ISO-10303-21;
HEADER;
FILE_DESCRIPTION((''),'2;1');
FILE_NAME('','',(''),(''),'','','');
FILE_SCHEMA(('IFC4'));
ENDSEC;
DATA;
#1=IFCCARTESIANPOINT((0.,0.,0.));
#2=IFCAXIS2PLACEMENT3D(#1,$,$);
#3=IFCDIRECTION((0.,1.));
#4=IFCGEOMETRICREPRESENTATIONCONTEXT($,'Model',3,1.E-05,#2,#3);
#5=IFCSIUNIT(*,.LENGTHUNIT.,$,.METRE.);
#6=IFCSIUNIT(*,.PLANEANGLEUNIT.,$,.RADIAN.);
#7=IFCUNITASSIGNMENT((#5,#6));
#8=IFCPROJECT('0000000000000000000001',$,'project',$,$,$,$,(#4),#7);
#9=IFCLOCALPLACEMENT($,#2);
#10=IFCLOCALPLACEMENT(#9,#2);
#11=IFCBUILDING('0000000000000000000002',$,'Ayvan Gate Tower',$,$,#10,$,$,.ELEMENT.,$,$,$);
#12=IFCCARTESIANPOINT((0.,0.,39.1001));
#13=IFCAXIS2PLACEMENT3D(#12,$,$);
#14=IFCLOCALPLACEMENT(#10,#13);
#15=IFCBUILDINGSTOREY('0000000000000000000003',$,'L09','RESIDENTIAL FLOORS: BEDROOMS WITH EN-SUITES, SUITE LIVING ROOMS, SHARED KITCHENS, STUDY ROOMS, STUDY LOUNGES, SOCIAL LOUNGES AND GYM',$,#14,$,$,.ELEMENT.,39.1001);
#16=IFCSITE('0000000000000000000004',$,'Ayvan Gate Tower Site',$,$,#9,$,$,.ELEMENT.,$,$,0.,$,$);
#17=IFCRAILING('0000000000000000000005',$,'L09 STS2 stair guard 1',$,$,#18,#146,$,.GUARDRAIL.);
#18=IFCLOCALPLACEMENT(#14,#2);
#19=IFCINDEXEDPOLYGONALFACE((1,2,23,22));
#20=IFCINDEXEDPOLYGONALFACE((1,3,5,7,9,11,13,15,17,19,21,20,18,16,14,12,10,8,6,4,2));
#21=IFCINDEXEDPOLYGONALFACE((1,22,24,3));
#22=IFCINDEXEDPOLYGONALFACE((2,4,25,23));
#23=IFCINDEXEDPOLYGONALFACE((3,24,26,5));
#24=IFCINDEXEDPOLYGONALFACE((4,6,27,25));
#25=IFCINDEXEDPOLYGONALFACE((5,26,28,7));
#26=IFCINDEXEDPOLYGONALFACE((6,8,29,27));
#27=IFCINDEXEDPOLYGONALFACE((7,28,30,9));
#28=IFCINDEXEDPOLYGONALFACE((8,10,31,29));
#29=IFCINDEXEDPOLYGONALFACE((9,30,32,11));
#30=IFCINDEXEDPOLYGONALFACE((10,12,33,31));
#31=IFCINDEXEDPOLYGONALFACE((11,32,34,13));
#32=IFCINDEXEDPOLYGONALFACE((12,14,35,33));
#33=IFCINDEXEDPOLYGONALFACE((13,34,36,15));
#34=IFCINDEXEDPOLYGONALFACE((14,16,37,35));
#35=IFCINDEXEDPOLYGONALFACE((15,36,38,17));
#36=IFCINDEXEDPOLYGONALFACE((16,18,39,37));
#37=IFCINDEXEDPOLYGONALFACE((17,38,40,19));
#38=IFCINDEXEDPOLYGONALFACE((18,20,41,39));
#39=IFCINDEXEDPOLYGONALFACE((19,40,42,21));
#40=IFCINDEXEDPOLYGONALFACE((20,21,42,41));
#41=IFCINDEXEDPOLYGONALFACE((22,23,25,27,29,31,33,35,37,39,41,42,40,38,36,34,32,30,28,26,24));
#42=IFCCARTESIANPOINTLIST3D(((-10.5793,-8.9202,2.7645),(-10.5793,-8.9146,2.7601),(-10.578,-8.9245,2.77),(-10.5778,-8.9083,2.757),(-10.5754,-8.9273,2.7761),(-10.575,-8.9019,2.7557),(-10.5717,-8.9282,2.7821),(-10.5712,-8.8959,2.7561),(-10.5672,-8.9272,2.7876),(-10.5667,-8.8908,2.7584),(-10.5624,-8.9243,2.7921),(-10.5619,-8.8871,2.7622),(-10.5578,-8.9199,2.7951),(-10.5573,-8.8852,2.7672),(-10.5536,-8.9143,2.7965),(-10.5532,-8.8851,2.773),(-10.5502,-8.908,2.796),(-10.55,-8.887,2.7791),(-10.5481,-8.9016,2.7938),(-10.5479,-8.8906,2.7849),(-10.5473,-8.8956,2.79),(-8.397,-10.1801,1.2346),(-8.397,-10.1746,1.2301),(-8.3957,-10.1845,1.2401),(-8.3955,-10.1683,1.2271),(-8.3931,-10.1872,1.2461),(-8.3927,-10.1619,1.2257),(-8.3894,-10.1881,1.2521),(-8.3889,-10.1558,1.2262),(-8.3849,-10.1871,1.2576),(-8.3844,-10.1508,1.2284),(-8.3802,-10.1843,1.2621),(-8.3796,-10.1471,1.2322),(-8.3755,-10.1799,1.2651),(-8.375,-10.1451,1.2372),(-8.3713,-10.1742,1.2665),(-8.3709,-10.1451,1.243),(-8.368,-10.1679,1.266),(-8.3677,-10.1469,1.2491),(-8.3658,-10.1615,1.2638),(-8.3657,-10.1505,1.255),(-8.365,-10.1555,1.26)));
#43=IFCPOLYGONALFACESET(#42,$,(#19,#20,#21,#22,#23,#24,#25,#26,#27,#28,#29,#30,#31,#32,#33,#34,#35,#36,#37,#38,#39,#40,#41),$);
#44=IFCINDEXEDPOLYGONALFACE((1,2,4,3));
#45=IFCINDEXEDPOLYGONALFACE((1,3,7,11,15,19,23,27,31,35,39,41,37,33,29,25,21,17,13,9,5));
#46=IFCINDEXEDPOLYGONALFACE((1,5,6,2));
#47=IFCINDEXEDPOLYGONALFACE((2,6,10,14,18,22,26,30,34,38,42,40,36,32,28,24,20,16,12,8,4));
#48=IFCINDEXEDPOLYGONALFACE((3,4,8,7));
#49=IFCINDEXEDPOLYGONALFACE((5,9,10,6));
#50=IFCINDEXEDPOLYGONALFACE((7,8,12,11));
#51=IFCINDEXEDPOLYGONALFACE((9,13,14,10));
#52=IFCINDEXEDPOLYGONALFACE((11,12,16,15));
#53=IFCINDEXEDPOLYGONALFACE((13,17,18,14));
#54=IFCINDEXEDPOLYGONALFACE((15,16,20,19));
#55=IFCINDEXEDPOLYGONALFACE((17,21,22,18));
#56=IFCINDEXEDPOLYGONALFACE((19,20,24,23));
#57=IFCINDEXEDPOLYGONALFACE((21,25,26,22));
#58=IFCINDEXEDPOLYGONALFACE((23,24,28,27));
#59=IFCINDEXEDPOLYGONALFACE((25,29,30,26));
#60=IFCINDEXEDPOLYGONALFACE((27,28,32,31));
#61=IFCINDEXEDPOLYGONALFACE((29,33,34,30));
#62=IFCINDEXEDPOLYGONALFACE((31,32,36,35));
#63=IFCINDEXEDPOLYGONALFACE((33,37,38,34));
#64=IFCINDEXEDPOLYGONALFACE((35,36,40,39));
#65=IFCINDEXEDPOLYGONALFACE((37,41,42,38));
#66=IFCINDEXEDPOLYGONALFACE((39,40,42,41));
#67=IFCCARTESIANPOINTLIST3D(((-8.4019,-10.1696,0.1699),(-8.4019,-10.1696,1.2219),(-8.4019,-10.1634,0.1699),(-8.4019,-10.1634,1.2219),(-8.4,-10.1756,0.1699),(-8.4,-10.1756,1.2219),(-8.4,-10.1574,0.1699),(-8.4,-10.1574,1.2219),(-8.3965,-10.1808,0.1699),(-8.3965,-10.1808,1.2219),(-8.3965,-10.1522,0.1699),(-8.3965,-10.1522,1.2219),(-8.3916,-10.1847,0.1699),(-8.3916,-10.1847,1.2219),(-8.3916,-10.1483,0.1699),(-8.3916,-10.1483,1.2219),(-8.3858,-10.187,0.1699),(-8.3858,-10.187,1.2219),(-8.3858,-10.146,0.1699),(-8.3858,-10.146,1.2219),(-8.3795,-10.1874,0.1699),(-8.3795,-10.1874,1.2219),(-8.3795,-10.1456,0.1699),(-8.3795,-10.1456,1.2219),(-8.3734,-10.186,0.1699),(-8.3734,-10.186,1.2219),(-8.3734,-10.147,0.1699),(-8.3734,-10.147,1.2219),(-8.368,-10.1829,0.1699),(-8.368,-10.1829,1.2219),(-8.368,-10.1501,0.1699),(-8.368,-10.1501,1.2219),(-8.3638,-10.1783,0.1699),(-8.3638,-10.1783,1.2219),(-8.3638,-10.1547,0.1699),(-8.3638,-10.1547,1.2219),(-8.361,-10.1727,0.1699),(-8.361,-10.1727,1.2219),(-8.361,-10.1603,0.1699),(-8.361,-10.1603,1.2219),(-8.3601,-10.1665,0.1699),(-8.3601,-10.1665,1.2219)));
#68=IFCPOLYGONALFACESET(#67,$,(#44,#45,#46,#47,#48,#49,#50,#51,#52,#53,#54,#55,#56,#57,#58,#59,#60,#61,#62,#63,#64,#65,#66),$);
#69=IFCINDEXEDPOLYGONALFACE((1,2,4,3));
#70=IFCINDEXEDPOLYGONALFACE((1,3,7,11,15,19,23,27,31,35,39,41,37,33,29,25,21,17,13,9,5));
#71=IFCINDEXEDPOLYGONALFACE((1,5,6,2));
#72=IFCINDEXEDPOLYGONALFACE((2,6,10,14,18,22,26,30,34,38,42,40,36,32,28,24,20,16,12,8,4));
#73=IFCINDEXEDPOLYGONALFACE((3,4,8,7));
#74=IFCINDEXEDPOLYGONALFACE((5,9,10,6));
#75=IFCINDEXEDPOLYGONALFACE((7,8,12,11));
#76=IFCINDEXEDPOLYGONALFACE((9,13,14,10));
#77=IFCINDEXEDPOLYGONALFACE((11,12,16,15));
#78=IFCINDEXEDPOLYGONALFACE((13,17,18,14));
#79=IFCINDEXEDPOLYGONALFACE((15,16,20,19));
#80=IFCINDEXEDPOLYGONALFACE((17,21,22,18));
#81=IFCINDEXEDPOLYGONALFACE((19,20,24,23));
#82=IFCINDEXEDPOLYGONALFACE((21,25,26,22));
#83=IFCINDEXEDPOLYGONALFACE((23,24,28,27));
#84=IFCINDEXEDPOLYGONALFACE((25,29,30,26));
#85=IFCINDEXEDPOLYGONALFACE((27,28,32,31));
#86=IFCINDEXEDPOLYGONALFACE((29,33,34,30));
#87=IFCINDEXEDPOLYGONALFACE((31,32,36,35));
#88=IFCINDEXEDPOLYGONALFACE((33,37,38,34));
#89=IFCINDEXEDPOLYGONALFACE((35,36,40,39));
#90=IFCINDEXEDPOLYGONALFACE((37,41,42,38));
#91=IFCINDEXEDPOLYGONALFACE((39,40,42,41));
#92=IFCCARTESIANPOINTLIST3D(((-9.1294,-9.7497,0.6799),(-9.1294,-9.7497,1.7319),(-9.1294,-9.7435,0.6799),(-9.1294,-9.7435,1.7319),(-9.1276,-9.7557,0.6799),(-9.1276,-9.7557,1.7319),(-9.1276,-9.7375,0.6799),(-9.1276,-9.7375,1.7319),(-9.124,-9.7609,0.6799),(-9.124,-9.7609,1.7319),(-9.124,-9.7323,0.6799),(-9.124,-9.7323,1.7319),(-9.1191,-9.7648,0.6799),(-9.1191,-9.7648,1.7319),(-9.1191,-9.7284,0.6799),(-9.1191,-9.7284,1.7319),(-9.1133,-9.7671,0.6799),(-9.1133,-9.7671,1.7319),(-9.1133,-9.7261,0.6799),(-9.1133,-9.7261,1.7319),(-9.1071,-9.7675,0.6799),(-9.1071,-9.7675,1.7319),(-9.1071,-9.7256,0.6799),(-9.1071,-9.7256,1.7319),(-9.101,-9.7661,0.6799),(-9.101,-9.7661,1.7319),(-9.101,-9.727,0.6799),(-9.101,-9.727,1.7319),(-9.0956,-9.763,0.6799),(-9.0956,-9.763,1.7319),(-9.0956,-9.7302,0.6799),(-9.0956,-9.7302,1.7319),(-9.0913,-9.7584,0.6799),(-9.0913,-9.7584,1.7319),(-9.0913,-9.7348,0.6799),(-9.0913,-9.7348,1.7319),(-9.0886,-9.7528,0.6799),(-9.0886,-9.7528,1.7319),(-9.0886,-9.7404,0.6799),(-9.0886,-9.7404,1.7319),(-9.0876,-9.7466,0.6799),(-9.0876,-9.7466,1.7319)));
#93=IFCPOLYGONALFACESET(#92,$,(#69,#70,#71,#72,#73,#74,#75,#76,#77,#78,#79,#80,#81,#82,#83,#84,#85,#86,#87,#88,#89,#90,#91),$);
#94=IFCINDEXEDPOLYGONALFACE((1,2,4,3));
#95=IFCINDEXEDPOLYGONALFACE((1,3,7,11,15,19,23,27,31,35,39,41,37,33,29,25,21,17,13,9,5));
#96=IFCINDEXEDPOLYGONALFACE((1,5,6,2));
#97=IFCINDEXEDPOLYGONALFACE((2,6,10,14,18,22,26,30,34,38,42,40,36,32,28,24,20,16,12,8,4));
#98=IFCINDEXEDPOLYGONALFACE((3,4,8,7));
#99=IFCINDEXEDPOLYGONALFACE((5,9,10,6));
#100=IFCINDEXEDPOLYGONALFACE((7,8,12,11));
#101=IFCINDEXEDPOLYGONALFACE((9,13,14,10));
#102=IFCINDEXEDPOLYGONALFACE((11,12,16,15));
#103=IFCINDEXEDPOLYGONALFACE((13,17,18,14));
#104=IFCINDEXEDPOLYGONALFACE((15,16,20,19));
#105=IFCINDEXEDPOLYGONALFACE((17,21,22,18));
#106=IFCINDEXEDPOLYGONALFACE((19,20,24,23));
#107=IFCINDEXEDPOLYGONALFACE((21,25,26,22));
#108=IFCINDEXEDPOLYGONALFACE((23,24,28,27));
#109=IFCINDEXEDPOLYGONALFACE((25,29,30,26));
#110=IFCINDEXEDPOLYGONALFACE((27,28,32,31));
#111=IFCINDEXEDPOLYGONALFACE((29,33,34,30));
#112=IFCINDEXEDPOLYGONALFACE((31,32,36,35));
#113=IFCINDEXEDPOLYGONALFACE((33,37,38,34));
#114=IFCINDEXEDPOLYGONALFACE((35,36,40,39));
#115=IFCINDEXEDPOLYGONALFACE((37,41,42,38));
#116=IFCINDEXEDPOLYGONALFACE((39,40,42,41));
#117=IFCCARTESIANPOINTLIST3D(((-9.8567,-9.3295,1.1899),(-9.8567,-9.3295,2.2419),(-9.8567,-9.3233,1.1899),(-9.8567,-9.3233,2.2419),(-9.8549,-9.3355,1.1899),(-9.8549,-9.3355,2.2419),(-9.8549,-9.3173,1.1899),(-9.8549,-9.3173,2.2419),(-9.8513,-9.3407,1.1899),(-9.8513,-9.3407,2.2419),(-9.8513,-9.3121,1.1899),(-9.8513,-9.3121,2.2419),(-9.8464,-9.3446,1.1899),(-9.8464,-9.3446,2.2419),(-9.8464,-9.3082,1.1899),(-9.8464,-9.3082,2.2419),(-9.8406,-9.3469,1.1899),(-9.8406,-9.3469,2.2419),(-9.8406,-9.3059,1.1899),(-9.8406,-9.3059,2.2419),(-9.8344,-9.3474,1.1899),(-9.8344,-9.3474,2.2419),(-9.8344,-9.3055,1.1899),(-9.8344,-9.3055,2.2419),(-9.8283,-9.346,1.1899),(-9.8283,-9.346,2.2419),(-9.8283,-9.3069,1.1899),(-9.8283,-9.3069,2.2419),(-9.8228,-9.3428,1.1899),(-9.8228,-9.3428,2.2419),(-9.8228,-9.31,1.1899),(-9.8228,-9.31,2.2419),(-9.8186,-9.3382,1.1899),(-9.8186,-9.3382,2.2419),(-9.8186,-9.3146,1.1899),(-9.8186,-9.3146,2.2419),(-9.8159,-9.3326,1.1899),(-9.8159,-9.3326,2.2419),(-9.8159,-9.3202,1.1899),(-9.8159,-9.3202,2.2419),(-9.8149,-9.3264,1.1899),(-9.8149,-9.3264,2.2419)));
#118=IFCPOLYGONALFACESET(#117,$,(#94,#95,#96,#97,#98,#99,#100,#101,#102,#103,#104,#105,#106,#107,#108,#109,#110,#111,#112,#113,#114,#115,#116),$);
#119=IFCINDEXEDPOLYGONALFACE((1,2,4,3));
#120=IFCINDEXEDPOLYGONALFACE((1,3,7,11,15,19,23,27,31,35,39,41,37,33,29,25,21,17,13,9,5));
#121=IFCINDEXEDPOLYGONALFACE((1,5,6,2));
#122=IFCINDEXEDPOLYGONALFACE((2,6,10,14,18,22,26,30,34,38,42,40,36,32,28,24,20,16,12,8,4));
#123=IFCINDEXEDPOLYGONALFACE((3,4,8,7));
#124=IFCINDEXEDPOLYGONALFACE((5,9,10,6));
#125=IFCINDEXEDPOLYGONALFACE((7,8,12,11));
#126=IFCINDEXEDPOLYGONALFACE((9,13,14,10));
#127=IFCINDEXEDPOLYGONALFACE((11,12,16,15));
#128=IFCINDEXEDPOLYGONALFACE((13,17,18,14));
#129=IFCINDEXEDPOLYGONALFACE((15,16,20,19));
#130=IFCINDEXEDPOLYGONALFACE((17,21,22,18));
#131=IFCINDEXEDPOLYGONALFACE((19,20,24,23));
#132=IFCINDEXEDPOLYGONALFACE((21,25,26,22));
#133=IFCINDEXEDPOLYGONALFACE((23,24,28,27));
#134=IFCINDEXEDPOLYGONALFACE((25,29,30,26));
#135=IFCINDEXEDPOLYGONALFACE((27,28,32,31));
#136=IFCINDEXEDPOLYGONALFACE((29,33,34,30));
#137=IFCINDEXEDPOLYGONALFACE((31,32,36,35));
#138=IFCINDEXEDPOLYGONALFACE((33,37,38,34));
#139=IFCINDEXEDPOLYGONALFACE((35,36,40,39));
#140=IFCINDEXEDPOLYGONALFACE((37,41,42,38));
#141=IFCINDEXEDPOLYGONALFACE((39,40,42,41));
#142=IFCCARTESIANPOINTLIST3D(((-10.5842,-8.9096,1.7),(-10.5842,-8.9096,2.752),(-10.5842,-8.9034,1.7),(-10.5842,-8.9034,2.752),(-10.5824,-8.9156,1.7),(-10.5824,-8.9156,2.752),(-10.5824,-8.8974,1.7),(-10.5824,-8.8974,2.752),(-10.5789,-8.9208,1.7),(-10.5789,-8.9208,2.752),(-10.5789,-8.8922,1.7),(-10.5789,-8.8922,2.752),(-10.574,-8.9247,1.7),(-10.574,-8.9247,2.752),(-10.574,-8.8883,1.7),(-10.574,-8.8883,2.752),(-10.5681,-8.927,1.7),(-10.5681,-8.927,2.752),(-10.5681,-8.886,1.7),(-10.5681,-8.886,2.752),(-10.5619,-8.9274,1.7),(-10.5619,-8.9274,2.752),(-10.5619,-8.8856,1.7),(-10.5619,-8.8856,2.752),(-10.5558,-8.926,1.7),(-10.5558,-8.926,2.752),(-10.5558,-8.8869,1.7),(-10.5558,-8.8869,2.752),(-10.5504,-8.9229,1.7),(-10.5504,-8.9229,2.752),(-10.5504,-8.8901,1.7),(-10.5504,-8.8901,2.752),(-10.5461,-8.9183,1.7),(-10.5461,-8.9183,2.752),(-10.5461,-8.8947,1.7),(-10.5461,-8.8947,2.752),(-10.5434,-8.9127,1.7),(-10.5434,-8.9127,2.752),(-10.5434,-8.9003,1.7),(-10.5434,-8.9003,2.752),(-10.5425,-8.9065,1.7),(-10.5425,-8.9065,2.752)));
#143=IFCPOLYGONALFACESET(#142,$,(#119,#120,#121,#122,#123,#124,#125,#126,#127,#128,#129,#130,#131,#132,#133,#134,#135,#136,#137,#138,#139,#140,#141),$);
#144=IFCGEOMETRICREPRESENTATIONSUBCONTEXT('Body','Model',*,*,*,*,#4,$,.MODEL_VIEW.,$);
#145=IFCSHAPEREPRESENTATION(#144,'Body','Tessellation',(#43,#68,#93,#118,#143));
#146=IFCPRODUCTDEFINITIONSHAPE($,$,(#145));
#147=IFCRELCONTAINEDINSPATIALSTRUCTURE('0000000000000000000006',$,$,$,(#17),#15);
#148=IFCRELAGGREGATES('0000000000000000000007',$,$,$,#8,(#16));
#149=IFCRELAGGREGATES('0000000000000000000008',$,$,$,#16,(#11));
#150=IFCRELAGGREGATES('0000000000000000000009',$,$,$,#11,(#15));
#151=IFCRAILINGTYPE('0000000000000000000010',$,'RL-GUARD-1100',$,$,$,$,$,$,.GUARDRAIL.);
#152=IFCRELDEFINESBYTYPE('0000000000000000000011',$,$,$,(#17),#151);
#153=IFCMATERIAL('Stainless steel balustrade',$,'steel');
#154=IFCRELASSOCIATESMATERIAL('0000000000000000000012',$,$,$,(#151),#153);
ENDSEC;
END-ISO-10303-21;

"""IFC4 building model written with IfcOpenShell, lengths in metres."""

from ifc_helpers import new_model, si_unit, direction, frame, origin, origin_2d, place, context, subcontext, project, spatial, circle, extrude, material, type_object, element, save


model = new_model("IFC4")

# Units and contexts
model_context = context("Model", 3, precision=1e-05, world=origin(), true_north=direction((0.0, 1.0)))
body_context = subcontext(model_context, "Body", "Model", "MODEL_VIEW")
ifc_project = project(units=[si_unit("LENGTHUNIT", "METRE"), si_unit("PLANEANGLEUNIT", "RADIAN")], contexts=[model_context])

# Site, building, storey
site_placement = place(None, origin())
site = spatial("IfcSite", under=ifc_project, at=site_placement, Name="Ayvan Gate Tower Site", CompositionType="ELEMENT", RefElevation=0.0)
building_placement = place(site_placement, origin())
building = spatial("IfcBuilding", under=site, at=building_placement, Name="Ayvan Gate Tower", CompositionType="ELEMENT")
storey_placement = place(building_placement, frame((0.0, 0.0, 39.1001)))
storey = spatial("IfcBuildingStorey", under=building, at=storey_placement, Name="L09", Description="RESIDENTIAL FLOORS: BEDROOMS WITH EN-SUITES, SUITE LIVING ROOMS, SHARED KITCHENS, STUDY ROOMS, STUDY LOUNGES, SOCIAL LOUNGES AND GYM", CompositionType="ELEMENT", Elevation=39.1001)

# Railing
ifc_material_1 = material(Name="Stainless steel balustrade", Category="steel")
railing_type_1 = type_object("IfcRailingType", Name="RL-GUARD-1100", PredefinedType="GUARDRAIL", material=ifc_material_1)
railing_1_placement = place(storey_placement, frame((-8.3811, -10.1665, 0.1699)))
element("IfcRailing", 1, at=railing_1_placement, inside=storey, type_object=railing_type_1, Name="L09 STS2 stair guard 1", PredefinedType="GUARDRAIL", context=body_context, shape_type="SweptSolid", body=[
    extrude(circle(Radius=0.0239, at=origin_2d()), frame((0.0, 0.0, 1.0762), z_axis=(-0.740261, 0.427395, 0.518986), x_axis=(-0.500005, -0.866023, 0.0)), (0.0, 0.0, 1.0), 2.948),
    extrude(circle(Radius=0.021, at=origin_2d()), origin(), (0.0, 0.0, 1.0), 1.052),
    extrude(circle(Radius=0.021, at=origin_2d()), frame((-0.7275, 0.4199, 0.51)), (0.0, 0.0, 1.0), 1.052),
    extrude(circle(Radius=0.021, at=origin_2d()), frame((-1.4548, 0.8401, 1.02)), (0.0, 0.0, 1.0), 1.052),
    extrude(circle(Radius=0.021, at=origin_2d()), frame((-2.1824, 1.26, 1.53)), (0.0, 0.0, 1.0), 1.052),
])

save(model, "model.ifc")
